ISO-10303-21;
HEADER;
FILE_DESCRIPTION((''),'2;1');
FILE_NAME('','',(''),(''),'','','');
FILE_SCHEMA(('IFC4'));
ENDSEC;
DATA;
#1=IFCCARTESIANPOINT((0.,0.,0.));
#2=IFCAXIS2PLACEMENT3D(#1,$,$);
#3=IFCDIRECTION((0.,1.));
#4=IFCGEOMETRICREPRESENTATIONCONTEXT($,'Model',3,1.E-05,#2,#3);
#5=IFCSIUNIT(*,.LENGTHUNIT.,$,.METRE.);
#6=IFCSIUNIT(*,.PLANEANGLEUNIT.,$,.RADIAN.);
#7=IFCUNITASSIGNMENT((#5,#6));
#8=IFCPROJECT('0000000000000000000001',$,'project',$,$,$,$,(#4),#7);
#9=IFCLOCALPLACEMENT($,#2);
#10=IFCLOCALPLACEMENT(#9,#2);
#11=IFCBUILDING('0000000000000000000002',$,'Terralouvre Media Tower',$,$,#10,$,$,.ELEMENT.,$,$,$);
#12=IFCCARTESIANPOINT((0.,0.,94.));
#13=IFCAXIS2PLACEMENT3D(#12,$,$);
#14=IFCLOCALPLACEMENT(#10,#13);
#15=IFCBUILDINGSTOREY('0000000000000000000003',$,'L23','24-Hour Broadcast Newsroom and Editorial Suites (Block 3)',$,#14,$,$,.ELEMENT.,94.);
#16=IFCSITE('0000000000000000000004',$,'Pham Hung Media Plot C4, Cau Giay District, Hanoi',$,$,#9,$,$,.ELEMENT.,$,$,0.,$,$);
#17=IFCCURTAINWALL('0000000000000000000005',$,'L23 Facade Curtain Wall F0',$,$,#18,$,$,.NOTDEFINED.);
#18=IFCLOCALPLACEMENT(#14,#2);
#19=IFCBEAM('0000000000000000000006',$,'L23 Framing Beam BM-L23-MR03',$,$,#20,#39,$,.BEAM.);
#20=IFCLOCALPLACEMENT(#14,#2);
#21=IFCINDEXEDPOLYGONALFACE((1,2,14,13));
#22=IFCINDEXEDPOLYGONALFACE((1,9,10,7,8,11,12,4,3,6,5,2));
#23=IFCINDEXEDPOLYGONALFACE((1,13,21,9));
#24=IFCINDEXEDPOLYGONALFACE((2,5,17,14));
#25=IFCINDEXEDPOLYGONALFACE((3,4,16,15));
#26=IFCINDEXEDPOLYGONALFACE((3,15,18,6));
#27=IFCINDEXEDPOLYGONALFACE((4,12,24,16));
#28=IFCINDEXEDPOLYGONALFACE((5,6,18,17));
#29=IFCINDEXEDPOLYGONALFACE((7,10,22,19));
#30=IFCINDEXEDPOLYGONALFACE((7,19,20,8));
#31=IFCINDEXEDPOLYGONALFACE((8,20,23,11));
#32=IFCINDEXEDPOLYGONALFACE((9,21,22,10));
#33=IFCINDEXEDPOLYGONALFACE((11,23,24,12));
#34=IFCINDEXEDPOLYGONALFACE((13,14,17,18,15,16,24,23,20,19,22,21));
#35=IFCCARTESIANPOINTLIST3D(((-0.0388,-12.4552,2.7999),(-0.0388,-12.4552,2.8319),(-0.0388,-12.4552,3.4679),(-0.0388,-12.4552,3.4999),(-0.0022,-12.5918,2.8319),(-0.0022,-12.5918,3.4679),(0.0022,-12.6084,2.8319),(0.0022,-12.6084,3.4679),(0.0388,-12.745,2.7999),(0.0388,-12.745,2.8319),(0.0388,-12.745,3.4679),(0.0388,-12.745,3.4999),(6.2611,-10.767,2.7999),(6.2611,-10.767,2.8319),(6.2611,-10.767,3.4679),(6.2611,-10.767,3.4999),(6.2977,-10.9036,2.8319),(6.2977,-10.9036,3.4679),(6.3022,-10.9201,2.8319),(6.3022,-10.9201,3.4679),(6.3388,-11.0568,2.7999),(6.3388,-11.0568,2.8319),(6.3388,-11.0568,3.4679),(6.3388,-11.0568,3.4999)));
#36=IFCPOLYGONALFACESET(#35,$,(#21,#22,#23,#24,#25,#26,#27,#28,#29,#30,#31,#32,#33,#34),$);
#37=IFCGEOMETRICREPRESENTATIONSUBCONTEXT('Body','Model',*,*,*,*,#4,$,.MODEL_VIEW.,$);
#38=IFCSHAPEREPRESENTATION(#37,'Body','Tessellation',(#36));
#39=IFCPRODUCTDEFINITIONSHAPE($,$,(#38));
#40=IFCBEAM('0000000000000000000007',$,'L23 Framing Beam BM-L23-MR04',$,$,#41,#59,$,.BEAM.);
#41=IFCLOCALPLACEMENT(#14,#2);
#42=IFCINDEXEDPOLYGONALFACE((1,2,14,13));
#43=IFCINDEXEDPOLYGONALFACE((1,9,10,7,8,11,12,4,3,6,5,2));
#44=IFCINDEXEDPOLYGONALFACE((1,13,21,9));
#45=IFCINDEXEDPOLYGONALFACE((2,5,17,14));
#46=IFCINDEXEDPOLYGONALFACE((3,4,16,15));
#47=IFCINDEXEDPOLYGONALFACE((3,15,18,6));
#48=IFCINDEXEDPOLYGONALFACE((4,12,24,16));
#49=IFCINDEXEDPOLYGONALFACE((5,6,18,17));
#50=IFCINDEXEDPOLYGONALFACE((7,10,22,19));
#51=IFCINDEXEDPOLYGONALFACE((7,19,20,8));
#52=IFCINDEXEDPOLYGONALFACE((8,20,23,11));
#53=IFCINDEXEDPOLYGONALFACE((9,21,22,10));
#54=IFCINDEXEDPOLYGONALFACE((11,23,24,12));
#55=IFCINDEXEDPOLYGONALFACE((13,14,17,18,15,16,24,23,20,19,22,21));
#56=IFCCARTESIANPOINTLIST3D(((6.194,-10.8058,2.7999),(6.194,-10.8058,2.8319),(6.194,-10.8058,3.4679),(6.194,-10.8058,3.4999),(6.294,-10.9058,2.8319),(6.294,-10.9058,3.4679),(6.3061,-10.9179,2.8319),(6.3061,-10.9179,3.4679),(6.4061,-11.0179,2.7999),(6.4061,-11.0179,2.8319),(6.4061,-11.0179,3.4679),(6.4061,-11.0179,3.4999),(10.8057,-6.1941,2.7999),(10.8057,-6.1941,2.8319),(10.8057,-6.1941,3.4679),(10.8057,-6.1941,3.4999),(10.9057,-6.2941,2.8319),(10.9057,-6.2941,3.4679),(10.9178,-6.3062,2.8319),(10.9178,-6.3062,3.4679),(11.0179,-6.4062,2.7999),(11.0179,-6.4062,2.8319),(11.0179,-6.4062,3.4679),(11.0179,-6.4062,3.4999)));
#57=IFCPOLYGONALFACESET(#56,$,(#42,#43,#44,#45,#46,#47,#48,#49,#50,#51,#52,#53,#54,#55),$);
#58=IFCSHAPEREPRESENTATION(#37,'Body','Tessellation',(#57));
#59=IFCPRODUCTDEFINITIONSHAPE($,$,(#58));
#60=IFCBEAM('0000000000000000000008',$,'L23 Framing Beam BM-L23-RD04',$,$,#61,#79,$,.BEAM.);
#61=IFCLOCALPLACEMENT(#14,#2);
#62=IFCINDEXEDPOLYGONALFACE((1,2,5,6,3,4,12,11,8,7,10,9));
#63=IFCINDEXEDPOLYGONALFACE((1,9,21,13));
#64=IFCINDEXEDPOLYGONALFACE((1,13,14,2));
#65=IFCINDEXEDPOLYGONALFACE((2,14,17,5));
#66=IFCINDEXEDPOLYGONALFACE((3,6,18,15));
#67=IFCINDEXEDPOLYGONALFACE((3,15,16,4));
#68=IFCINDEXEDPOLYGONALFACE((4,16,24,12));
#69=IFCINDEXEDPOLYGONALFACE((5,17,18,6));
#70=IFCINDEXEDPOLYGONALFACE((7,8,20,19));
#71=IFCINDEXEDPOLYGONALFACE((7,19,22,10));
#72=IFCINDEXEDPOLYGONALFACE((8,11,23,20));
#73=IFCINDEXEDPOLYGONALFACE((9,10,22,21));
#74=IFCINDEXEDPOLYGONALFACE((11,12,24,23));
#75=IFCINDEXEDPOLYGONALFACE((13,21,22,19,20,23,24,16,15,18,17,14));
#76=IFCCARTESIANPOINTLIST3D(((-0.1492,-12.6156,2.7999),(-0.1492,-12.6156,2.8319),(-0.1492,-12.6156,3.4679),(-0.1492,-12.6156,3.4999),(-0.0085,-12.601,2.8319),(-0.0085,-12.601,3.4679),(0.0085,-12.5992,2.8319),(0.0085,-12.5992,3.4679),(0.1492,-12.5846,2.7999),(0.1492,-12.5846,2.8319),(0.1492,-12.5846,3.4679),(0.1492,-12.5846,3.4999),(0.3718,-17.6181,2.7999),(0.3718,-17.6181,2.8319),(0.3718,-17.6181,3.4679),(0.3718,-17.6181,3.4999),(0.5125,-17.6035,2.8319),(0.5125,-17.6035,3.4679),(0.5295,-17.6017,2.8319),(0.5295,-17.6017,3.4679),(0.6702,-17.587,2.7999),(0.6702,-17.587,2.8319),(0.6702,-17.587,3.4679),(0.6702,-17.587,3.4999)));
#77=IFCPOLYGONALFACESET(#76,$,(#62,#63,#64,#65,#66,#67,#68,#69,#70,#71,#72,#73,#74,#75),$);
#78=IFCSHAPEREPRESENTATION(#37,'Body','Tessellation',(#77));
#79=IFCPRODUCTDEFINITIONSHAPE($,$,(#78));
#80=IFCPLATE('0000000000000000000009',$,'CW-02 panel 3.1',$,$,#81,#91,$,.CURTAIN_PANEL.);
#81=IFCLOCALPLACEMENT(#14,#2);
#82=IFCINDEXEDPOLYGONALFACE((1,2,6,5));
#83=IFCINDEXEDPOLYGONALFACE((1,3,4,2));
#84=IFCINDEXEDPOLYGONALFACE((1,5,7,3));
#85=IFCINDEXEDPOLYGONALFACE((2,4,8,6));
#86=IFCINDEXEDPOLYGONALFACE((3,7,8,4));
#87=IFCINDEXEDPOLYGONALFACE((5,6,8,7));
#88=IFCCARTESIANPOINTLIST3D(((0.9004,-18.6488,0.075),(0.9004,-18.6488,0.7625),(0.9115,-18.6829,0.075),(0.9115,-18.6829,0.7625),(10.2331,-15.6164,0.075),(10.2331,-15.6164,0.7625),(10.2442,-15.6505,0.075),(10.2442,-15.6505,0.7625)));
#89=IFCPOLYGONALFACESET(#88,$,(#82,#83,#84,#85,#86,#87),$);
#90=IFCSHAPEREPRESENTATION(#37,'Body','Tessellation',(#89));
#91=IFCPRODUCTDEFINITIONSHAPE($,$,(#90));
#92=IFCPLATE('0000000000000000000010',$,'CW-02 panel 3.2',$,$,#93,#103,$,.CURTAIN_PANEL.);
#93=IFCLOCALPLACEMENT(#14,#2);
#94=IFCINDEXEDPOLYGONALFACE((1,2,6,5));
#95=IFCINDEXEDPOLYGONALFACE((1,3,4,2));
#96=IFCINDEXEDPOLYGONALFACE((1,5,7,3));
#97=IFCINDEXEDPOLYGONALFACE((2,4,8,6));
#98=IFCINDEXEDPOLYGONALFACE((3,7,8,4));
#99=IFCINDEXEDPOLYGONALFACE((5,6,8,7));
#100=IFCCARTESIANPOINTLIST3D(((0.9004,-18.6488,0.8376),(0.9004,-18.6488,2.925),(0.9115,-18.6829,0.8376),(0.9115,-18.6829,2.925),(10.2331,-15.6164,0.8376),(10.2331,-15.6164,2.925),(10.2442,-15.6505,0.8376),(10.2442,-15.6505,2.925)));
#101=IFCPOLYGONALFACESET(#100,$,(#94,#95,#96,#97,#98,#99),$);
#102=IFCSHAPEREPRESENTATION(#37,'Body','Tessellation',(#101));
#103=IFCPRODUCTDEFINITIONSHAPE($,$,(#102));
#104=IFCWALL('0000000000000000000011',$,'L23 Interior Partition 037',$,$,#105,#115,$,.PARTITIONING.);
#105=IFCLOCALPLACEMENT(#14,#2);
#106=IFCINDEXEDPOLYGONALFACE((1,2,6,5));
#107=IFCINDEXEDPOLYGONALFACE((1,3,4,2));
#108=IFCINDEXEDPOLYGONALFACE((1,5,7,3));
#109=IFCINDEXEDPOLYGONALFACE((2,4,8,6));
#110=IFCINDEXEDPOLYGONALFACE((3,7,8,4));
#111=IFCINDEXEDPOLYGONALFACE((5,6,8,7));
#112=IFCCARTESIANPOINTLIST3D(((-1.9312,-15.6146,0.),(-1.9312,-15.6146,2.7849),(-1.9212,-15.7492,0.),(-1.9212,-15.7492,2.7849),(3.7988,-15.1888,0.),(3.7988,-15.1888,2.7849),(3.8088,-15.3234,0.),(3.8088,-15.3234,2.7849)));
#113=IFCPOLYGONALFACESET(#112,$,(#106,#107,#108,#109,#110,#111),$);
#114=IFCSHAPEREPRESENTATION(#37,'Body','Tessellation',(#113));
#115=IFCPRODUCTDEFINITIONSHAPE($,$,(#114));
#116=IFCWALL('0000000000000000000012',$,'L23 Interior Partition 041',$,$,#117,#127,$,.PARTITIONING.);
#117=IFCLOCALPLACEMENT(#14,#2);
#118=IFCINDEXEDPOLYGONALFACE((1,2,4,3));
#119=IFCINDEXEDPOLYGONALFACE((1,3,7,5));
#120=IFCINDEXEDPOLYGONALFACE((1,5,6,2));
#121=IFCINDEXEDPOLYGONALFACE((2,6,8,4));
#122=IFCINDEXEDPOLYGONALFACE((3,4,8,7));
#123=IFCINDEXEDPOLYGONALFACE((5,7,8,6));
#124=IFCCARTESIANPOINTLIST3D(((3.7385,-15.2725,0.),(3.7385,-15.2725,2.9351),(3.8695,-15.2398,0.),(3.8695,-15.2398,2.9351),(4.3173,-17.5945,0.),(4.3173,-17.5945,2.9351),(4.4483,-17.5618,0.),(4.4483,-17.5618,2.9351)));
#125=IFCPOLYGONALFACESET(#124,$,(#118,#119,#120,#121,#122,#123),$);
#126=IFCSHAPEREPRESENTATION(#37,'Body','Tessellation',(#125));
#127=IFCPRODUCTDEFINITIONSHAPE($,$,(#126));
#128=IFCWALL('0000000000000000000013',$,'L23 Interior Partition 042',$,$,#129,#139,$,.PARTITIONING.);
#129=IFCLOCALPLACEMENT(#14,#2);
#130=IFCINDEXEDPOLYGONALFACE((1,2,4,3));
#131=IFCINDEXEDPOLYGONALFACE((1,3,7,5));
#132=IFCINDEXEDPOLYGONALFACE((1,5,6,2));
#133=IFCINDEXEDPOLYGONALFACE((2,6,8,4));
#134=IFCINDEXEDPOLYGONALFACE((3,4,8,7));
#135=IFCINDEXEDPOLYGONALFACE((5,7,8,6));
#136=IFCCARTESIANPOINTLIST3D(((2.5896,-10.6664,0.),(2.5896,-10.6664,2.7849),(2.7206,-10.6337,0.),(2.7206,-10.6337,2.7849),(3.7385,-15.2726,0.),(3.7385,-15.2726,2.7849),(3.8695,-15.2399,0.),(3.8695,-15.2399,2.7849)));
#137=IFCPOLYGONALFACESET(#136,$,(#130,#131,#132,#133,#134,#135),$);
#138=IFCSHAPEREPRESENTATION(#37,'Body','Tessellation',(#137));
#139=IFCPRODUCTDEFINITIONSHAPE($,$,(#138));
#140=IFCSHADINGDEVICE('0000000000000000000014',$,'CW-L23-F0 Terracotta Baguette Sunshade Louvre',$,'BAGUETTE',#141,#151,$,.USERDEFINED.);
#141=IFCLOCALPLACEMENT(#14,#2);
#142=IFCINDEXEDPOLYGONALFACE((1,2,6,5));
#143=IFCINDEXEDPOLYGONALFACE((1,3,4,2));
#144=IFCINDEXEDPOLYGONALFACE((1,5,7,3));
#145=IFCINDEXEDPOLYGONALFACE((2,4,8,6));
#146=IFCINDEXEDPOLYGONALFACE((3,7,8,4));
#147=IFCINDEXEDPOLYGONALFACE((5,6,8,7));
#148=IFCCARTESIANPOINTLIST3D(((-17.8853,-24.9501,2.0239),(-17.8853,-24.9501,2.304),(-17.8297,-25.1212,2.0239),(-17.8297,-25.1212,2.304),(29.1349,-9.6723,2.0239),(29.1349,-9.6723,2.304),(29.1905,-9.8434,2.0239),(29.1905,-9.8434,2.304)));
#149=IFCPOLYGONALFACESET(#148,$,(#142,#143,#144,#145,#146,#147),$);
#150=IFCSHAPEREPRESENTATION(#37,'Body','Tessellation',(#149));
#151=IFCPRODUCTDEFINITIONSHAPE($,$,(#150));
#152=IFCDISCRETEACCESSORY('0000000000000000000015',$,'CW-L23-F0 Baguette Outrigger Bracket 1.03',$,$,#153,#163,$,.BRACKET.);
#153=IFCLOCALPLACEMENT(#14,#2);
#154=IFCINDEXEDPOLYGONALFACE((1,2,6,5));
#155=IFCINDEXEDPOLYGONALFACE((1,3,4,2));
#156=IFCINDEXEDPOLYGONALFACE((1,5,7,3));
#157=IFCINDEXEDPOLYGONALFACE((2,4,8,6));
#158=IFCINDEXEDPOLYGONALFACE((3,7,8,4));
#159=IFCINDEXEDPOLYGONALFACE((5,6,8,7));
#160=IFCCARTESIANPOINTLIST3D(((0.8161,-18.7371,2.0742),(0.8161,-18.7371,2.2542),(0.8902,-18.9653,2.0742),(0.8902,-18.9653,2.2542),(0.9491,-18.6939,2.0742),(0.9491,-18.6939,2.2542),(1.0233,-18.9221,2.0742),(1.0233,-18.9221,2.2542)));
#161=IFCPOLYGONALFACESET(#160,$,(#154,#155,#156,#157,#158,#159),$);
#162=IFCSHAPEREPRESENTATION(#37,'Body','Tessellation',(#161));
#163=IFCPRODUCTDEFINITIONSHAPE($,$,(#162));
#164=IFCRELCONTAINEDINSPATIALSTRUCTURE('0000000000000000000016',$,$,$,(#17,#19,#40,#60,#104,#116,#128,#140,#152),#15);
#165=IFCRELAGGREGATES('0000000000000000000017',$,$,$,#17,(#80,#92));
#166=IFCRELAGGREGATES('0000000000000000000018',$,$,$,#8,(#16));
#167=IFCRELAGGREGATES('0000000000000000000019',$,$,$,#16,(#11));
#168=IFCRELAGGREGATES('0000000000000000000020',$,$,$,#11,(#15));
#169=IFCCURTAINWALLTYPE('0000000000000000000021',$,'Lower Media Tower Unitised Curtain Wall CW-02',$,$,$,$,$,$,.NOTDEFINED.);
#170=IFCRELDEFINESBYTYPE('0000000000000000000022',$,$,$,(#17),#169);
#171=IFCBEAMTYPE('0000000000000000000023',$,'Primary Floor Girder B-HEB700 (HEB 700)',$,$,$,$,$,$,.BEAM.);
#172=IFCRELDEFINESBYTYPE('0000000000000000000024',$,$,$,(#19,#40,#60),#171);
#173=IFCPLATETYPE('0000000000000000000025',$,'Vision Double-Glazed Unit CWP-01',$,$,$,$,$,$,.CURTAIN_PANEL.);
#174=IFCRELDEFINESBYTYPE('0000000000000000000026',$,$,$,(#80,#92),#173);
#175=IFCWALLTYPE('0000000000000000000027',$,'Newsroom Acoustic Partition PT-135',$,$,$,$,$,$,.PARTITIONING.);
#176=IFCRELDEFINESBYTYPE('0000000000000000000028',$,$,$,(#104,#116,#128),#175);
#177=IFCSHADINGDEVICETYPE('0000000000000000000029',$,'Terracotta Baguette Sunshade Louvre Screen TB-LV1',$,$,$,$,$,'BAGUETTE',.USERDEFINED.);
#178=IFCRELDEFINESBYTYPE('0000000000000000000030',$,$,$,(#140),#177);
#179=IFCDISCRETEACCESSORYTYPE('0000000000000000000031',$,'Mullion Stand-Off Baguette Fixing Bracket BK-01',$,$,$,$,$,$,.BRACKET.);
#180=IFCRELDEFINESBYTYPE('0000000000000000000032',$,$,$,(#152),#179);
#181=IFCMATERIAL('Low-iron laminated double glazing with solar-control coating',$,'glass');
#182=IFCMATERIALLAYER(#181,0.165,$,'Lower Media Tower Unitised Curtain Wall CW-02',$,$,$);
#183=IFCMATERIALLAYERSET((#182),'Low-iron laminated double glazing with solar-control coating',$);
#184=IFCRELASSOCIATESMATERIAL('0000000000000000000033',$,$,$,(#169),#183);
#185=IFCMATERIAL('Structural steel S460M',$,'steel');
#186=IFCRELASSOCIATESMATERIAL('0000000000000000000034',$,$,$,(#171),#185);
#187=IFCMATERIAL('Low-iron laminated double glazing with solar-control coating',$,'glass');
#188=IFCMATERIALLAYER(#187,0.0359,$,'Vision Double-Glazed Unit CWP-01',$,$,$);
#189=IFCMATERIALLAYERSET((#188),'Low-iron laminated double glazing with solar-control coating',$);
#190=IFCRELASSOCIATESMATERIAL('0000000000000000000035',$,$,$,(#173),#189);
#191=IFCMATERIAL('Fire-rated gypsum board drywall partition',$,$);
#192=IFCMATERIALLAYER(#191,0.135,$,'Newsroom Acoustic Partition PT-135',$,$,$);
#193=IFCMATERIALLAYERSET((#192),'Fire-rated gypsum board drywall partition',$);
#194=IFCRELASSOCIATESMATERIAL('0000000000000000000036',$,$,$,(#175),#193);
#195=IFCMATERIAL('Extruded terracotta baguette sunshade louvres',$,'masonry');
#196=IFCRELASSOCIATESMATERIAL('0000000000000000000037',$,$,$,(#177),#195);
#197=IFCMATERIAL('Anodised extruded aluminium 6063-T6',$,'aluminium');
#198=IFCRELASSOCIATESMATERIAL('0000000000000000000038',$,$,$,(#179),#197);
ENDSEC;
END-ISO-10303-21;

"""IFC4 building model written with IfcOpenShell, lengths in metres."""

from ifc_helpers import new_model, si_unit, direction, frame, frame_2d, origin, origin_2d, place, context, subcontext, project, spatial, rectangle, i_section, extrude, material, layer, layer_set, material_profile, profile_set, type_object, element, aggregate, save


model = new_model("IFC4")

# Units and contexts
model_context = context("Model", 3, precision=1e-05, world=origin(), true_north=direction((0.0, 1.0)))
body_context = subcontext(model_context, "Body", "Model", "MODEL_VIEW")
ifc_project = project(units=[si_unit("LENGTHUNIT", "METRE"), si_unit("PLANEANGLEUNIT", "RADIAN")], contexts=[model_context])

# Site, building, storey
site_placement = place(None, origin())
site = spatial("IfcSite", under=ifc_project, at=site_placement, Name="Pham Hung Media Plot C4, Cau Giay District, Hanoi", CompositionType="ELEMENT", RefElevation=0.0)
building_placement = place(site_placement, origin())
building = spatial("IfcBuilding", under=site, at=building_placement, Name="Terralouvre Media Tower", CompositionType="ELEMENT")
storey_placement = place(building_placement, frame((0.0, 0.0, 94.0)))
storey = spatial("IfcBuildingStorey", under=building, at=storey_placement, Name="L23", Description="24-Hour Broadcast Newsroom and Editorial Suites (Block 3)", CompositionType="ELEMENT", Elevation=94.0)

# Curtain wall
ifc_material_1 = material(Name="Low-iron laminated double glazing with solar-control coating", Category="glass")
ifc_layer_1 = layer(ifc_material_1, 0.165, Name="Lower Media Tower Unitised Curtain Wall CW-02")
ifc_layer_set_1 = layer_set([ifc_layer_1], Name="Low-iron laminated double glazing with solar-control coating")
curtain_wall_type = type_object("IfcCurtainWallType", Name="Lower Media Tower Unitised Curtain Wall CW-02", PredefinedType="NOTDEFINED", material=ifc_layer_set_1)
curtain_wall_placement = place(storey_placement, origin())
curtain_wall = element("IfcCurtainWall", 1, at=curtain_wall_placement, inside=storey, type_object=curtain_wall_type, Name="L23 Facade Curtain Wall F0", PredefinedType="NOTDEFINED")

# Beams
ifc_material_2 = material(Name="Structural steel S460M", Category="steel")
ifc_material_profile_1 = material_profile(ifc_material_2, i_section(OverallWidth=0.3, OverallDepth=0.7, WebThickness=0.0171, FlangeThickness=0.032, at=origin_2d()), Name="HEB 700")
ifc_profile_set_1 = profile_set([ifc_material_profile_1], Name="Structural steel S460M")
beam_type_1 = type_object("IfcBeamType", Name="Primary Floor Girder B-HEB700 (HEB 700)", PredefinedType="BEAM", material=ifc_profile_set_1)
beam_1_placement = place(storey_placement, frame((0.0, -12.6001, 3.1499), z_axis=(0.96592, 0.258839, 0.0), x_axis=(-0.258839, 0.96592, 0.0)))
element("IfcBeam", 2, at=beam_1_placement, inside=storey, type_object=beam_type_1, Name="L23 Framing Beam BM-L23-MR03", PredefinedType="BEAM", context=body_context, shape_type="SweptSolid", body=[
    extrude(i_section(OverallWidth=0.3, OverallDepth=0.7, WebThickness=0.0171, FlangeThickness=0.032, at=origin_2d()), origin(), (0.0, 0.0, 1.0), 6.5222),
])
beam_2_placement = place(storey_placement, frame((6.3, -10.9119, 3.1499), z_axis=(0.707107, 0.707107, 0.0), x_axis=(-0.707107, 0.707107, 0.0)))
element("IfcBeam", 3, at=beam_2_placement, inside=storey, type_object=beam_type_1, Name="L23 Framing Beam BM-L23-MR04", PredefinedType="BEAM", context=body_context, shape_type="SweptSolid", body=[
    extrude(i_section(OverallWidth=0.3, OverallDepth=0.7, WebThickness=0.0171, FlangeThickness=0.032, at=origin_2d()), origin(), (0.0, 0.0, 1.0), 6.522),
])
beam_3_placement = place(storey_placement, frame((0.0, -12.6001, 3.1499), z_axis=(0.103588, -0.99462, 0.0), x_axis=(0.99462, 0.103588, 0.0)))
element("IfcBeam", 4, at=beam_3_placement, inside=storey, type_object=beam_type_1, Name="L23 Framing Beam BM-L23-RD04", PredefinedType="BEAM", context=body_context, shape_type="SweptSolid", body=[
    extrude(i_section(OverallWidth=0.3, OverallDepth=0.7, WebThickness=0.0171, FlangeThickness=0.032, at=origin_2d()), origin(), (0.0, 0.0, 1.0), 5.0295),
])

# Plates
ifc_material_3 = material(Name="Low-iron laminated double glazing with solar-control coating", Category="glass")
ifc_layer_2 = layer(ifc_material_3, 0.0359, Name="Vision Double-Glazed Unit CWP-01")
ifc_layer_set_2 = layer_set([ifc_layer_2], Name="Low-iron laminated double glazing with solar-control coating")
plate_type = type_object("IfcPlateType", Name="Vision Double-Glazed Unit CWP-01", PredefinedType="CURTAIN_PANEL", material=ifc_layer_set_2)
plate_1_placement = place(storey_placement, frame((5.5723, -17.1497, 0.075), z_axis=(0.0, 0.0, 1.0), x_axis=(0.951057, 0.309017, 0.0)))
plate_1 = element("IfcPlate", 5, at=plate_1_placement, type_object=plate_type, Name="CW-02 panel 3.1", PredefinedType="CURTAIN_PANEL", context=body_context, shape_type="SweptSolid", body=[
    extrude(rectangle(XDim=9.813, YDim=0.0359, at=origin_2d()), origin(), (0.0, 0.0, 1.0), 0.6875),
])
plate_2_placement = place(storey_placement, frame((5.5723, -17.1497, 0.8376), z_axis=(0.0, 0.0, 1.0), x_axis=(0.951057, 0.309017, 0.0)))
plate_2 = element("IfcPlate", 6, at=plate_2_placement, type_object=plate_type, Name="CW-02 panel 3.2", PredefinedType="CURTAIN_PANEL", context=body_context, shape_type="SweptSolid", body=[
    extrude(rectangle(XDim=9.813, YDim=0.0359, at=origin_2d()), origin(), (0.0, 0.0, 1.0), 2.0874),
])
aggregate(curtain_wall, [plate_1, plate_2])

# Walls
ifc_material_4 = material(Name="Fire-rated gypsum board drywall partition")
ifc_layer_3 = layer(ifc_material_4, 0.135, Name="Newsroom Acoustic Partition PT-135")
ifc_layer_set_3 = layer_set([ifc_layer_3], Name="Fire-rated gypsum board drywall partition")
wall_type = type_object("IfcWallType", Name="Newsroom Acoustic Partition PT-135", PredefinedType="PARTITIONING", material=ifc_layer_set_3)
wall_1_placement = place(storey_placement, frame((3.804, -15.2561, 0.0), z_axis=(0.0, 0.0, 1.0), x_axis=(-0.997251, -0.074103, 0.0)))
element("IfcWall", 7, at=wall_1_placement, inside=storey, type_object=wall_type, Name="L23 Interior Partition 037", PredefinedType="PARTITIONING", context=body_context, shape_type="SweptSolid", body=[
    extrude(rectangle(XDim=5.7458, YDim=0.135, at=frame_2d((2.873, 0.0))), origin(), (0.0, 0.0, 1.0), 2.7849),
])
wall_2_placement = place(storey_placement, frame((4.3828, -17.5781, 0.0), z_axis=(0.0, 0.0, 1.0), x_axis=(-0.241887, 0.970304, 0.0)))
element("IfcWall", 8, at=wall_2_placement, inside=storey, type_object=wall_type, Name="L23 Interior Partition 041", PredefinedType="PARTITIONING", context=body_context, shape_type="SweptSolid", body=[
    extrude(rectangle(XDim=2.3931, YDim=0.135, at=frame_2d((1.1965, 0.0))), origin(), (0.0, 0.0, 1.0), 2.9351),
])
wall_3_placement = place(storey_placement, frame((3.804, -15.2561, 0.0), z_axis=(0.0, 0.0, 1.0), x_axis=(-0.242015, 0.970272, 0.0)))
element("IfcWall", 9, at=wall_3_placement, inside=storey, type_object=wall_type, Name="L23 Interior Partition 042", PredefinedType="PARTITIONING", context=body_context, shape_type="SweptSolid", body=[
    extrude(rectangle(XDim=4.7473, YDim=0.135, at=frame_2d((2.3735, 0.0))), origin(), (0.0, 0.0, 1.0), 2.7849),
])

# Shading device
ifc_material_5 = material(Name="Extruded terracotta baguette sunshade louvres", Category="masonry")
shading_device_type = type_object("IfcShadingDeviceType", Name="Terracotta Baguette Sunshade Louvre Screen TB-LV1", ElementType="BAGUETTE", PredefinedType="USERDEFINED", material=ifc_material_5)
shading_device_placement = place(storey_placement, frame((5.6526, -17.3967, 2.0239), z_axis=(0.0, 0.0, 1.0), x_axis=(0.951057, 0.309017, 0.0)))
element("IfcShadingDevice", 10, at=shading_device_placement, inside=storey, type_object=shading_device_type, Name="CW-L23-F0 Terracotta Baguette Sunshade Louvre", ObjectType="BAGUETTE", PredefinedType="USERDEFINED", context=body_context, shape_type="SweptSolid", body=[
    extrude(rectangle(XDim=49.4399, YDim=0.1799, at=origin_2d()), origin(), (0.0, 0.0, 1.0), 0.28),
])

# Discrete accessory
ifc_material_6 = material(Name="Anodised extruded aluminium 6063-T6", Category="aluminium")
discrete_accessory_type = type_object("IfcDiscreteAccessoryType", Name="Mullion Stand-Off Baguette Fixing Bracket BK-01", PredefinedType="BRACKET", material=ifc_material_6)
discrete_accessory_placement = place(storey_placement, frame((0.9197, -18.8296, 2.0742), z_axis=(0.0, 0.0, 1.0), x_axis=(0.951057, 0.309017, 0.0)))
element("IfcDiscreteAccessory", 11, at=discrete_accessory_placement, inside=storey, type_object=discrete_accessory_type, Name="CW-L23-F0 Baguette Outrigger Bracket 1.03", PredefinedType="BRACKET", context=body_context, shape_type="SweptSolid", body=[
    extrude(rectangle(XDim=0.1399, YDim=0.24, at=origin_2d()), origin(), (0.0, 0.0, 1.0), 0.1799),
])

save(model, "model.ifc")
